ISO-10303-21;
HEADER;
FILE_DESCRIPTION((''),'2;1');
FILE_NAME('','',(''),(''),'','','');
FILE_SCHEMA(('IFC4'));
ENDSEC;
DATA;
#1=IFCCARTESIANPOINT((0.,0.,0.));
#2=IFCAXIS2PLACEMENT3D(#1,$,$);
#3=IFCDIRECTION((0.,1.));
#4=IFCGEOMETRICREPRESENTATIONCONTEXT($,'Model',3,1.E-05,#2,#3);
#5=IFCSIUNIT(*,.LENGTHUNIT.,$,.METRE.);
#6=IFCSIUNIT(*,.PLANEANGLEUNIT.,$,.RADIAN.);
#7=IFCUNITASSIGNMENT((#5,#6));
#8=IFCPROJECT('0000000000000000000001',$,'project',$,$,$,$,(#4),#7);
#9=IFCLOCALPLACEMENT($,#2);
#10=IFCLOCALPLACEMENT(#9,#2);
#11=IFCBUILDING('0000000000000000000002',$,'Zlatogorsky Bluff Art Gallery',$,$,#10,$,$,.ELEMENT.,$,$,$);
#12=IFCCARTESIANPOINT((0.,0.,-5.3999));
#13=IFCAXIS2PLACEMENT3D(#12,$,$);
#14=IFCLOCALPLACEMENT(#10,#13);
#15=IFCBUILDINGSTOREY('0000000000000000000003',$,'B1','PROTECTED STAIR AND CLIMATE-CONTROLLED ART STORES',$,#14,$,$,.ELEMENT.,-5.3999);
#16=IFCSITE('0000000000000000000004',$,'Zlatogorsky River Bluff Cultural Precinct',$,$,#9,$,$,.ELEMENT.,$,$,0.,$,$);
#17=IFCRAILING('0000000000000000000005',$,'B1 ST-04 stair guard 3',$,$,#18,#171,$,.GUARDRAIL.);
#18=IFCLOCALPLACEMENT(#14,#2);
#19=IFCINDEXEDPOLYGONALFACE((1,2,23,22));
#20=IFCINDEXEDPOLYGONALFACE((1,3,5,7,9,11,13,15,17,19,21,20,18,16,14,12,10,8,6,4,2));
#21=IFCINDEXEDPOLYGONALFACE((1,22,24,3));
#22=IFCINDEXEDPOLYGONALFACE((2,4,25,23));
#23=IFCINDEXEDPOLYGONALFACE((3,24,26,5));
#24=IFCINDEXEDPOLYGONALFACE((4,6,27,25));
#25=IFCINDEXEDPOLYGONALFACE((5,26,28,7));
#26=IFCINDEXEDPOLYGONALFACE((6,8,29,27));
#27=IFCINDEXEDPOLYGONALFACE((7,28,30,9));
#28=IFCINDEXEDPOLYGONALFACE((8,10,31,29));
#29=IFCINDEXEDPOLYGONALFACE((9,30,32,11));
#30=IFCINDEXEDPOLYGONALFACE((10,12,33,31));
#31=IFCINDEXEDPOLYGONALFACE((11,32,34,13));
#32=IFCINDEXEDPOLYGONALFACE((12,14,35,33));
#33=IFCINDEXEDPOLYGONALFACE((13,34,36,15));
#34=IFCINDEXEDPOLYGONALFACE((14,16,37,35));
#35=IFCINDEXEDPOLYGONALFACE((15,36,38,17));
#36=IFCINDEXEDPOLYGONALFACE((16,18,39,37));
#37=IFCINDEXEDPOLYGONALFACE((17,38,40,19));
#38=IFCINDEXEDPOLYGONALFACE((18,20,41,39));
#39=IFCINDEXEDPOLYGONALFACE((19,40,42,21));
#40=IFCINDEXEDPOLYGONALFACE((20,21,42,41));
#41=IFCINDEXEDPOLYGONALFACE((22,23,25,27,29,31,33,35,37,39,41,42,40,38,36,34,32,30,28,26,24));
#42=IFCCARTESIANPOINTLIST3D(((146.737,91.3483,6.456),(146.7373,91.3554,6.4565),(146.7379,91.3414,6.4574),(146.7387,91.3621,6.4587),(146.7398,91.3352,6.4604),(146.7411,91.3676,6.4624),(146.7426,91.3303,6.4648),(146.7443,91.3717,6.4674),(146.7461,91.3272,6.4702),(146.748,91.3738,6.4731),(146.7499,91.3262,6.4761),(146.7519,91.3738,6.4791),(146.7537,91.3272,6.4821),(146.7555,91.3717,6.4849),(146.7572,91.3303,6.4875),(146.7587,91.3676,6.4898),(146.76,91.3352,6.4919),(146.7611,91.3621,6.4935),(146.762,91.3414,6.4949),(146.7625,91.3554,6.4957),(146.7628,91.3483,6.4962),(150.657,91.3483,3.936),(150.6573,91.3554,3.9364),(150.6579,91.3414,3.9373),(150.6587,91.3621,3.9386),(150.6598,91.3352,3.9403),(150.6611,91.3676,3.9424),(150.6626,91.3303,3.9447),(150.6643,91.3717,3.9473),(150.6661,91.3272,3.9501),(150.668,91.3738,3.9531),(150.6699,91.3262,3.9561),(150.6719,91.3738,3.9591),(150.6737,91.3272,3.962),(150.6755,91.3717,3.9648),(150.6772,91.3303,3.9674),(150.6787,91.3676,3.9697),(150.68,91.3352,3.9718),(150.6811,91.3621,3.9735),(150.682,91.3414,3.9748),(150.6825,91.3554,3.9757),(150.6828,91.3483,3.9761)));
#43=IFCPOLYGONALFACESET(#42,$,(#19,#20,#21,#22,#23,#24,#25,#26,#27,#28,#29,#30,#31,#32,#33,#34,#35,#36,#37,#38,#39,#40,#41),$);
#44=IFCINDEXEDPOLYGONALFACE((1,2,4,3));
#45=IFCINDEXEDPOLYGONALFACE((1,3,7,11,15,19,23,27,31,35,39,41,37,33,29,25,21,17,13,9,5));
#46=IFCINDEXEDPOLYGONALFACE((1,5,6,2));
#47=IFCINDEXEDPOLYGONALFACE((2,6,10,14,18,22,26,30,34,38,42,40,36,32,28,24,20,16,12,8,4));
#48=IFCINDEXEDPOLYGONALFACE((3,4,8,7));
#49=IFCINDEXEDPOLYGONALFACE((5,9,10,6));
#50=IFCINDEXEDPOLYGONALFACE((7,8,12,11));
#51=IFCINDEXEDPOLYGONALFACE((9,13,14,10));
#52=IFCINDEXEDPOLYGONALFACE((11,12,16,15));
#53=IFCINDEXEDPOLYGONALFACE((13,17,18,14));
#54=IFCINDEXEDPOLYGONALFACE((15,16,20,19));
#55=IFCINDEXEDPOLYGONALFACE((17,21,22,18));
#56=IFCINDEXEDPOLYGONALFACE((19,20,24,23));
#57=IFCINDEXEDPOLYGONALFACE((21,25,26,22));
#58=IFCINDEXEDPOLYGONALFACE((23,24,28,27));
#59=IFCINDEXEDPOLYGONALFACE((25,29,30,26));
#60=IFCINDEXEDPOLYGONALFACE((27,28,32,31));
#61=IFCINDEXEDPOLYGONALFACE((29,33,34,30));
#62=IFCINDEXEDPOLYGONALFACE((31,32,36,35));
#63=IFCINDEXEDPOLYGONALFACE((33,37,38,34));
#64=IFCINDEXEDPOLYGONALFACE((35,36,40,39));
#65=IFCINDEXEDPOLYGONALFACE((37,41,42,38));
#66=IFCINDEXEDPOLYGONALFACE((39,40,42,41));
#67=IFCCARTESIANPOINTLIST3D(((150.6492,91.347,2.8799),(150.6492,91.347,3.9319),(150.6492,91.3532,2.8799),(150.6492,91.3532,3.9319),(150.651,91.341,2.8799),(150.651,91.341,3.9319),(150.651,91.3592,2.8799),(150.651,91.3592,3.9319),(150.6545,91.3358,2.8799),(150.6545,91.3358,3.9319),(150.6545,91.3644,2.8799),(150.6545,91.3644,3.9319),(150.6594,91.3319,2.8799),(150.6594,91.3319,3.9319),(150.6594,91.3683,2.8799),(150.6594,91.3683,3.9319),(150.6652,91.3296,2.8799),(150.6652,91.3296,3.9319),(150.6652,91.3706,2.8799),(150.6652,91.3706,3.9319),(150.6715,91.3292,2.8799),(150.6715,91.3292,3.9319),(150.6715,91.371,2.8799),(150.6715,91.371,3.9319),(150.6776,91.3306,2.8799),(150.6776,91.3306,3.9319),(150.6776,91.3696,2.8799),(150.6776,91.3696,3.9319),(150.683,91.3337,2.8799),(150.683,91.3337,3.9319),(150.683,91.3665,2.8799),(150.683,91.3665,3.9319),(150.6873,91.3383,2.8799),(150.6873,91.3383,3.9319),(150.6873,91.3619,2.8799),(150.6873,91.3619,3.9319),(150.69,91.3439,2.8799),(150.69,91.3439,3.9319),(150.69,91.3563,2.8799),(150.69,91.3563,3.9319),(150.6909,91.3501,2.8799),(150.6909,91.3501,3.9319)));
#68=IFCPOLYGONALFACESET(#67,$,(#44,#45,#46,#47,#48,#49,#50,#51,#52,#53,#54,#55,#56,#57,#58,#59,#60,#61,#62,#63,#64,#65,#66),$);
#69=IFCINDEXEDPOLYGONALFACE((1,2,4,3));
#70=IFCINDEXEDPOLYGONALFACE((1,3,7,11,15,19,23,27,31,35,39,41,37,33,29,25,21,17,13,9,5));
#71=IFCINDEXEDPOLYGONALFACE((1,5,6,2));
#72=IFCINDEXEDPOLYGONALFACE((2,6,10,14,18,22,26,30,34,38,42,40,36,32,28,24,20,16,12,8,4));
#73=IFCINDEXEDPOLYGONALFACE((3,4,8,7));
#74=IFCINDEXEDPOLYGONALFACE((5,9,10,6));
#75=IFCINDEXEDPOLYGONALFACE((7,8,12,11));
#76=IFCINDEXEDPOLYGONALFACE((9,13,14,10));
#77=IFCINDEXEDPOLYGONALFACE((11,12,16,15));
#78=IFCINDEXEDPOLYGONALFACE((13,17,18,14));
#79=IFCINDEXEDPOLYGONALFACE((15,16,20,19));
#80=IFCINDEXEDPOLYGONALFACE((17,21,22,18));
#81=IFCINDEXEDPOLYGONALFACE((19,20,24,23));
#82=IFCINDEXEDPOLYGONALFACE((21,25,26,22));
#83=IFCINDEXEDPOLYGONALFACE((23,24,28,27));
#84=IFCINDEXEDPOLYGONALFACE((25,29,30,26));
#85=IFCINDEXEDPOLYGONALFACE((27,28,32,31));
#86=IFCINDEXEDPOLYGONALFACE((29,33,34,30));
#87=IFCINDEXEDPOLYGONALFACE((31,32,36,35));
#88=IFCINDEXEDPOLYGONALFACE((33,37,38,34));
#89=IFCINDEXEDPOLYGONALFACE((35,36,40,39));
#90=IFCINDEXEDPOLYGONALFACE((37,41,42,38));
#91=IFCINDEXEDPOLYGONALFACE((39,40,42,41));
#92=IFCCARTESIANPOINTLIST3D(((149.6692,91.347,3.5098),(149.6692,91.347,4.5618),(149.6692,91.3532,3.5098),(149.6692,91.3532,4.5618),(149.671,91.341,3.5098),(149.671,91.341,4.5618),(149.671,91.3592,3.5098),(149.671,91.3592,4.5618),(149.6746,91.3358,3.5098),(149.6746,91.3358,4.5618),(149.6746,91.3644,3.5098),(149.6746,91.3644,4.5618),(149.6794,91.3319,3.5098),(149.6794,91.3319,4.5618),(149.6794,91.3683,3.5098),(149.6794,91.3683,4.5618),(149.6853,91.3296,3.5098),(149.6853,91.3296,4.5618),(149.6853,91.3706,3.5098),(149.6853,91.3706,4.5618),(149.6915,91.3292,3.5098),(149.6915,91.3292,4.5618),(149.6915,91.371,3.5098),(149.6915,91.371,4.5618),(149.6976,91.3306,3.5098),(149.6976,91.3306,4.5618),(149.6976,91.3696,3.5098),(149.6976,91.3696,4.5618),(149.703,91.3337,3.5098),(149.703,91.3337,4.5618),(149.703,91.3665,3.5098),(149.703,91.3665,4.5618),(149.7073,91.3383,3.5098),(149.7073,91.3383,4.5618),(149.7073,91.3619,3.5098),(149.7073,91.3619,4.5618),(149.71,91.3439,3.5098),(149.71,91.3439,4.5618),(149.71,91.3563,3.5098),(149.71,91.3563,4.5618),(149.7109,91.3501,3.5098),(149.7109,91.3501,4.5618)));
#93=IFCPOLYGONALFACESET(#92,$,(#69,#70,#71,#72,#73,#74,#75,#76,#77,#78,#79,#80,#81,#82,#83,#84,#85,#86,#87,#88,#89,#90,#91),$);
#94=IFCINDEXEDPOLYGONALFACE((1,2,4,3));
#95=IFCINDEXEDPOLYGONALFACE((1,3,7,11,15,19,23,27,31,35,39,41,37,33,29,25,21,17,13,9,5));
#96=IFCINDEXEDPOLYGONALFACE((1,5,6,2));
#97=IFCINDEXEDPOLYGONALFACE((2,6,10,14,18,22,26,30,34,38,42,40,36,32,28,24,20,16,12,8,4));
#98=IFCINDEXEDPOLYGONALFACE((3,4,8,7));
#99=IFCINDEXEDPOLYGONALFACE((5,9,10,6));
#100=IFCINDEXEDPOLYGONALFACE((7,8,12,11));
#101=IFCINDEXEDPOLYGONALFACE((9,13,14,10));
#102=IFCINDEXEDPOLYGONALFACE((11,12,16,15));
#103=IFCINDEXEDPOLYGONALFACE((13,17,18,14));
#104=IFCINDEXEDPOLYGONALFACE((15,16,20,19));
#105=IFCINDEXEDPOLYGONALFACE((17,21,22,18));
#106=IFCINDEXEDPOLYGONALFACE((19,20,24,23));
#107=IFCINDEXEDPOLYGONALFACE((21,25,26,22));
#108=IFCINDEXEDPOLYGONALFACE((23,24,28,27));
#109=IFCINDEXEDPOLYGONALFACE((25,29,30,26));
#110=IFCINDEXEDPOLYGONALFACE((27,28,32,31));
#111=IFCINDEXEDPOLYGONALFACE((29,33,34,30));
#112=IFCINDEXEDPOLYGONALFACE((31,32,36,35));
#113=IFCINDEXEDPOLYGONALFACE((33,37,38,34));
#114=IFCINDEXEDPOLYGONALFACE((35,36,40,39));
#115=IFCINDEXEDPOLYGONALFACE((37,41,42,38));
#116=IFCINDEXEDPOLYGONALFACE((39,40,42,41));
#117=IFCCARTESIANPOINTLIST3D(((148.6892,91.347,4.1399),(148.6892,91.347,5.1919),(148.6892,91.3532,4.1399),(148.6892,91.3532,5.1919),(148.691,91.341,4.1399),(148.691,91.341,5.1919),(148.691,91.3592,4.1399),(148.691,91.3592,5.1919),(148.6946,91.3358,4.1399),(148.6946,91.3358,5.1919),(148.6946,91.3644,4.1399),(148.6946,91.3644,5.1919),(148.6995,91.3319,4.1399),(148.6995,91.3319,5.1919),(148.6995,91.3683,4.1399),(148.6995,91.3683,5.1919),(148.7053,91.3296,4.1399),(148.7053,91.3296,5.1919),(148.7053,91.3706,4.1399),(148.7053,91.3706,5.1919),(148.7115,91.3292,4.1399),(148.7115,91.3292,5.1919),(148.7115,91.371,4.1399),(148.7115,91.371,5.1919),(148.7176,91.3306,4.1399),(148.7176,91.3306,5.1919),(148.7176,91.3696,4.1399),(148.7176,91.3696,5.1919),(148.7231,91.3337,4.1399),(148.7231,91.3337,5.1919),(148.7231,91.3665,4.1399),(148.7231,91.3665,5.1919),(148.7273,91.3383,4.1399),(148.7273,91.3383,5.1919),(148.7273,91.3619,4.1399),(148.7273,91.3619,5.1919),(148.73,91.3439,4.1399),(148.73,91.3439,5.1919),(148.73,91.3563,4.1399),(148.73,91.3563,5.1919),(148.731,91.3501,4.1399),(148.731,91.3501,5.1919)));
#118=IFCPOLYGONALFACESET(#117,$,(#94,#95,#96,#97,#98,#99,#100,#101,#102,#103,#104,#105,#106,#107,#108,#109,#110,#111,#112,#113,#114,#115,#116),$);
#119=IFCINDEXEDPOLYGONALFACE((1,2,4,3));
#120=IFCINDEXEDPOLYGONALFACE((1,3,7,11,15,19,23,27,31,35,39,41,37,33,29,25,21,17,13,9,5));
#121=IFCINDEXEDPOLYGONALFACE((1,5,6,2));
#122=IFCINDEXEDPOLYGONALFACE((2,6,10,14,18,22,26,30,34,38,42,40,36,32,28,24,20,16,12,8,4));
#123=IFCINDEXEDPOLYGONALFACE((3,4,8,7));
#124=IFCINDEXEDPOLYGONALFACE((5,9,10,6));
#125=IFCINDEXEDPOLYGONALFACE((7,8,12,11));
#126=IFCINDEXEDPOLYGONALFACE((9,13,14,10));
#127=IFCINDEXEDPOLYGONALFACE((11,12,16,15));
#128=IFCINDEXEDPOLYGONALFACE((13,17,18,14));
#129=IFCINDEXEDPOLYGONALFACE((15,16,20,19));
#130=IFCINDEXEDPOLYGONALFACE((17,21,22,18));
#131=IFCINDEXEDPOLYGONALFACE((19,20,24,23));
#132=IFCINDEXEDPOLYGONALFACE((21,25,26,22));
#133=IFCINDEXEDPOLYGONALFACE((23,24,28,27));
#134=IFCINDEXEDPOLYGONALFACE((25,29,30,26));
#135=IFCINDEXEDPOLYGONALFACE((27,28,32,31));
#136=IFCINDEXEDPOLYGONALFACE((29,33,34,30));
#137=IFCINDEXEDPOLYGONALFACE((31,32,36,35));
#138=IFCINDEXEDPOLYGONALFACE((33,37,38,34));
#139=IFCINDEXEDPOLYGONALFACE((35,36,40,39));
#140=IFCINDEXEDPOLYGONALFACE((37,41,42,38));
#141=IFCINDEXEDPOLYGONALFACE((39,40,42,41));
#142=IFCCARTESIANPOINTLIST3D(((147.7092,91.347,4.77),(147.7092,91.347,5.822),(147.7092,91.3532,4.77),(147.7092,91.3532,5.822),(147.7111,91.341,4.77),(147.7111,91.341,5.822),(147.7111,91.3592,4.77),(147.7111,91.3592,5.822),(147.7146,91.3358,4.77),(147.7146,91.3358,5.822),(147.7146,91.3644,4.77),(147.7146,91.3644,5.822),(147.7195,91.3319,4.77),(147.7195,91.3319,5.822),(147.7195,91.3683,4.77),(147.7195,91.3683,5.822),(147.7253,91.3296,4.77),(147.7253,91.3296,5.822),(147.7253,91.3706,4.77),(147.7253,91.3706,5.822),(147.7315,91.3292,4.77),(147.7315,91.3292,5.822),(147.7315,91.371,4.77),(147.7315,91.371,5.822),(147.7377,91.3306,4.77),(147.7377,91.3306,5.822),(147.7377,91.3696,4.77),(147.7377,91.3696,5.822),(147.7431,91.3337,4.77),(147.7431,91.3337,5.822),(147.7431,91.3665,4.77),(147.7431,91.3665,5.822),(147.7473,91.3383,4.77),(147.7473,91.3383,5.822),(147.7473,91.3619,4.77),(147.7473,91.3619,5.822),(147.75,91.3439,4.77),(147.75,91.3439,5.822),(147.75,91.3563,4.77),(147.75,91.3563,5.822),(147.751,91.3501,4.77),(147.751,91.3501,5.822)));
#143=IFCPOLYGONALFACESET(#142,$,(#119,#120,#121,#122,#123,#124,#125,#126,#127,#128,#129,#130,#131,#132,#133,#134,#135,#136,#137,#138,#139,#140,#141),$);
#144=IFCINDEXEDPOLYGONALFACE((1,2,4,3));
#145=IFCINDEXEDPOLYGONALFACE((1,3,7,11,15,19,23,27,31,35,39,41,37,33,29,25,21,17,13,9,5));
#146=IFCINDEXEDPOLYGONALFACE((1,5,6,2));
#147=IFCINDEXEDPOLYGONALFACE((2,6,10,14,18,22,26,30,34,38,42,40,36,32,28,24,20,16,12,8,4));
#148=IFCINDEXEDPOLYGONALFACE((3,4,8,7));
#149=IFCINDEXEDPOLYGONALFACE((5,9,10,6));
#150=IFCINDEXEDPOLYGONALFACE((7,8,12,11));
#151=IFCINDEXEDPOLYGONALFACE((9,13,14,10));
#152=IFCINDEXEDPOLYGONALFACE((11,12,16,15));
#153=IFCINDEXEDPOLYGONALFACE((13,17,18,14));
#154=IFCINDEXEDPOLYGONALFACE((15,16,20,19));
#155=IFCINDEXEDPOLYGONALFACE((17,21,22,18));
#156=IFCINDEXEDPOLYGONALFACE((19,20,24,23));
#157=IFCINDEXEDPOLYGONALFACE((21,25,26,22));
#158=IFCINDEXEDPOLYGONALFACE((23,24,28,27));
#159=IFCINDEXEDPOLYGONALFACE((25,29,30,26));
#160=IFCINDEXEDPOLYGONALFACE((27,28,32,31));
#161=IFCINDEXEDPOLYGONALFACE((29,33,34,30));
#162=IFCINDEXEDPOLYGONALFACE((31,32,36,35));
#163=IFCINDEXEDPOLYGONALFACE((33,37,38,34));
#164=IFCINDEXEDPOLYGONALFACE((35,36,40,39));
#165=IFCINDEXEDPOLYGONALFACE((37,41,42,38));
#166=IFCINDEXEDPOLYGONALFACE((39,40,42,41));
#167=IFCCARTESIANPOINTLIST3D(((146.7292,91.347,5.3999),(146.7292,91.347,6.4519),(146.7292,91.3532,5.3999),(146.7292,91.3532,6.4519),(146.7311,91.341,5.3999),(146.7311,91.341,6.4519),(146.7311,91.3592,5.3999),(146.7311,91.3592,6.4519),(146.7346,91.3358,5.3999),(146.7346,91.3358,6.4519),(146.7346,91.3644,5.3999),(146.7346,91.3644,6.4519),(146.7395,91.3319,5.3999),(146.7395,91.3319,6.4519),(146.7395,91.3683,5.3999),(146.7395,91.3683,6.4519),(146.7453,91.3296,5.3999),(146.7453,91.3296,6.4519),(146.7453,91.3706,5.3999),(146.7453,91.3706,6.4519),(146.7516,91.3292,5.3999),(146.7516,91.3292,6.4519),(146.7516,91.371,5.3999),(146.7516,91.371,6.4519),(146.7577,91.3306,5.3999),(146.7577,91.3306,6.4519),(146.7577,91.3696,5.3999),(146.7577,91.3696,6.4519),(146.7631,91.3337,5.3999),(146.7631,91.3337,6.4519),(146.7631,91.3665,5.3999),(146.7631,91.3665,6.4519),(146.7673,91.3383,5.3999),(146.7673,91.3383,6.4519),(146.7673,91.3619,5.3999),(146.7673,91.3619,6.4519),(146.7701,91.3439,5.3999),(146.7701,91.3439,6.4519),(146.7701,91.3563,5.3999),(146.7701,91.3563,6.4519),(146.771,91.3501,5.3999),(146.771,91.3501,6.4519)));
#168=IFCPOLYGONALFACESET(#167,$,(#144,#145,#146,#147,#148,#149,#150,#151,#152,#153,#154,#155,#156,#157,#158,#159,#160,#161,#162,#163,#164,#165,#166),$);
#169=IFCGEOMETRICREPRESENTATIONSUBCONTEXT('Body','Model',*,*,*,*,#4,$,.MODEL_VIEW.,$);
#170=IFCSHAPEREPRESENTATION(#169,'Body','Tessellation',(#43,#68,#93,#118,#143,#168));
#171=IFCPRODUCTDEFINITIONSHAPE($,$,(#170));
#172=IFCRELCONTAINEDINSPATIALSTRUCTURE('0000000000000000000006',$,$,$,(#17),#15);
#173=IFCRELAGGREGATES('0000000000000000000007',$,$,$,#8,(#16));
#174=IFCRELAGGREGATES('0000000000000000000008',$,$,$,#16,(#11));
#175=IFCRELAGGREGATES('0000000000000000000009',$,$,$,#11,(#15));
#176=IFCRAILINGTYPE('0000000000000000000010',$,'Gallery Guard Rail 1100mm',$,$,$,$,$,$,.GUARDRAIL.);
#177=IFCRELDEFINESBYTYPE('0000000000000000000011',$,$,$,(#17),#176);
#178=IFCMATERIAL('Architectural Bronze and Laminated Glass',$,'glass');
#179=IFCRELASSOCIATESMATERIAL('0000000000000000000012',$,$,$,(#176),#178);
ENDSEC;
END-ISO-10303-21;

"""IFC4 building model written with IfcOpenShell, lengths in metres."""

from ifc_helpers import new_model, si_unit, direction, frame, origin, origin_2d, place, context, subcontext, project, spatial, circle, extrude, material, type_object, element, save


model = new_model("IFC4")

# Units and contexts
model_context = context("Model", 3, precision=1e-05, world=origin(), true_north=direction((0.0, 1.0)))
body_context = subcontext(model_context, "Body", "Model", "MODEL_VIEW")
ifc_project = project(units=[si_unit("LENGTHUNIT", "METRE"), si_unit("PLANEANGLEUNIT", "RADIAN")], contexts=[model_context])

# Site, building, storey
site_placement = place(None, origin())
site = spatial("IfcSite", under=ifc_project, at=site_placement, Name="Zlatogorsky River Bluff Cultural Precinct", CompositionType="ELEMENT", RefElevation=0.0)
building_placement = place(site_placement, origin())
building = spatial("IfcBuilding", under=site, at=building_placement, Name="Zlatogorsky Bluff Art Gallery", CompositionType="ELEMENT")
storey_placement = place(building_placement, frame((0.0, 0.0, -5.3999)))
storey = spatial("IfcBuildingStorey", under=building, at=storey_placement, Name="B1", Description="PROTECTED STAIR AND CLIMATE-CONTROLLED ART STORES", CompositionType="ELEMENT", Elevation=-5.3999)

# Railing
ifc_material_1 = material(Name="Architectural Bronze and Laminated Glass", Category="glass")
railing_type_1 = type_object("IfcRailingType", Name="Gallery Guard Rail 1100mm", PredefinedType="GUARDRAIL", material=ifc_material_1)
railing_1_placement = place(storey_placement, frame((150.6699, 91.3501, 2.8799)))
element("IfcRailing", 1, at=railing_1_placement, inside=storey, type_object=railing_type_1, Name="B1 ST-04 stair guard 3", PredefinedType="GUARDRAIL", context=body_context, shape_type="SweptSolid", body=[
    extrude(circle(Radius=0.0239, at=origin_2d()), frame((0.0, 0.0, 1.0762), z_axis=(-0.841172, 0.0, 0.540768), x_axis=(0.0, -1.0, 0.0)), (0.0, 0.0, 1.0), 4.6602),
    extrude(circle(Radius=0.021, at=origin_2d()), origin(), (0.0, 0.0, 1.0), 1.052),
    extrude(circle(Radius=0.021, at=origin_2d()), frame((-0.98, 0.0, 0.6299)), (0.0, 0.0, 1.0), 1.052),
    extrude(circle(Radius=0.021, at=origin_2d()), frame((-1.96, 0.0, 1.26)), (0.0, 0.0, 1.0), 1.052),
    extrude(circle(Radius=0.021, at=origin_2d()), frame((-2.9399, 0.0, 1.8901)), (0.0, 0.0, 1.0), 1.052),
    extrude(circle(Radius=0.021, at=origin_2d()), frame((-3.9199, 0.0, 2.52)), (0.0, 0.0, 1.0), 1.052),
])

save(model, "model.ifc")
